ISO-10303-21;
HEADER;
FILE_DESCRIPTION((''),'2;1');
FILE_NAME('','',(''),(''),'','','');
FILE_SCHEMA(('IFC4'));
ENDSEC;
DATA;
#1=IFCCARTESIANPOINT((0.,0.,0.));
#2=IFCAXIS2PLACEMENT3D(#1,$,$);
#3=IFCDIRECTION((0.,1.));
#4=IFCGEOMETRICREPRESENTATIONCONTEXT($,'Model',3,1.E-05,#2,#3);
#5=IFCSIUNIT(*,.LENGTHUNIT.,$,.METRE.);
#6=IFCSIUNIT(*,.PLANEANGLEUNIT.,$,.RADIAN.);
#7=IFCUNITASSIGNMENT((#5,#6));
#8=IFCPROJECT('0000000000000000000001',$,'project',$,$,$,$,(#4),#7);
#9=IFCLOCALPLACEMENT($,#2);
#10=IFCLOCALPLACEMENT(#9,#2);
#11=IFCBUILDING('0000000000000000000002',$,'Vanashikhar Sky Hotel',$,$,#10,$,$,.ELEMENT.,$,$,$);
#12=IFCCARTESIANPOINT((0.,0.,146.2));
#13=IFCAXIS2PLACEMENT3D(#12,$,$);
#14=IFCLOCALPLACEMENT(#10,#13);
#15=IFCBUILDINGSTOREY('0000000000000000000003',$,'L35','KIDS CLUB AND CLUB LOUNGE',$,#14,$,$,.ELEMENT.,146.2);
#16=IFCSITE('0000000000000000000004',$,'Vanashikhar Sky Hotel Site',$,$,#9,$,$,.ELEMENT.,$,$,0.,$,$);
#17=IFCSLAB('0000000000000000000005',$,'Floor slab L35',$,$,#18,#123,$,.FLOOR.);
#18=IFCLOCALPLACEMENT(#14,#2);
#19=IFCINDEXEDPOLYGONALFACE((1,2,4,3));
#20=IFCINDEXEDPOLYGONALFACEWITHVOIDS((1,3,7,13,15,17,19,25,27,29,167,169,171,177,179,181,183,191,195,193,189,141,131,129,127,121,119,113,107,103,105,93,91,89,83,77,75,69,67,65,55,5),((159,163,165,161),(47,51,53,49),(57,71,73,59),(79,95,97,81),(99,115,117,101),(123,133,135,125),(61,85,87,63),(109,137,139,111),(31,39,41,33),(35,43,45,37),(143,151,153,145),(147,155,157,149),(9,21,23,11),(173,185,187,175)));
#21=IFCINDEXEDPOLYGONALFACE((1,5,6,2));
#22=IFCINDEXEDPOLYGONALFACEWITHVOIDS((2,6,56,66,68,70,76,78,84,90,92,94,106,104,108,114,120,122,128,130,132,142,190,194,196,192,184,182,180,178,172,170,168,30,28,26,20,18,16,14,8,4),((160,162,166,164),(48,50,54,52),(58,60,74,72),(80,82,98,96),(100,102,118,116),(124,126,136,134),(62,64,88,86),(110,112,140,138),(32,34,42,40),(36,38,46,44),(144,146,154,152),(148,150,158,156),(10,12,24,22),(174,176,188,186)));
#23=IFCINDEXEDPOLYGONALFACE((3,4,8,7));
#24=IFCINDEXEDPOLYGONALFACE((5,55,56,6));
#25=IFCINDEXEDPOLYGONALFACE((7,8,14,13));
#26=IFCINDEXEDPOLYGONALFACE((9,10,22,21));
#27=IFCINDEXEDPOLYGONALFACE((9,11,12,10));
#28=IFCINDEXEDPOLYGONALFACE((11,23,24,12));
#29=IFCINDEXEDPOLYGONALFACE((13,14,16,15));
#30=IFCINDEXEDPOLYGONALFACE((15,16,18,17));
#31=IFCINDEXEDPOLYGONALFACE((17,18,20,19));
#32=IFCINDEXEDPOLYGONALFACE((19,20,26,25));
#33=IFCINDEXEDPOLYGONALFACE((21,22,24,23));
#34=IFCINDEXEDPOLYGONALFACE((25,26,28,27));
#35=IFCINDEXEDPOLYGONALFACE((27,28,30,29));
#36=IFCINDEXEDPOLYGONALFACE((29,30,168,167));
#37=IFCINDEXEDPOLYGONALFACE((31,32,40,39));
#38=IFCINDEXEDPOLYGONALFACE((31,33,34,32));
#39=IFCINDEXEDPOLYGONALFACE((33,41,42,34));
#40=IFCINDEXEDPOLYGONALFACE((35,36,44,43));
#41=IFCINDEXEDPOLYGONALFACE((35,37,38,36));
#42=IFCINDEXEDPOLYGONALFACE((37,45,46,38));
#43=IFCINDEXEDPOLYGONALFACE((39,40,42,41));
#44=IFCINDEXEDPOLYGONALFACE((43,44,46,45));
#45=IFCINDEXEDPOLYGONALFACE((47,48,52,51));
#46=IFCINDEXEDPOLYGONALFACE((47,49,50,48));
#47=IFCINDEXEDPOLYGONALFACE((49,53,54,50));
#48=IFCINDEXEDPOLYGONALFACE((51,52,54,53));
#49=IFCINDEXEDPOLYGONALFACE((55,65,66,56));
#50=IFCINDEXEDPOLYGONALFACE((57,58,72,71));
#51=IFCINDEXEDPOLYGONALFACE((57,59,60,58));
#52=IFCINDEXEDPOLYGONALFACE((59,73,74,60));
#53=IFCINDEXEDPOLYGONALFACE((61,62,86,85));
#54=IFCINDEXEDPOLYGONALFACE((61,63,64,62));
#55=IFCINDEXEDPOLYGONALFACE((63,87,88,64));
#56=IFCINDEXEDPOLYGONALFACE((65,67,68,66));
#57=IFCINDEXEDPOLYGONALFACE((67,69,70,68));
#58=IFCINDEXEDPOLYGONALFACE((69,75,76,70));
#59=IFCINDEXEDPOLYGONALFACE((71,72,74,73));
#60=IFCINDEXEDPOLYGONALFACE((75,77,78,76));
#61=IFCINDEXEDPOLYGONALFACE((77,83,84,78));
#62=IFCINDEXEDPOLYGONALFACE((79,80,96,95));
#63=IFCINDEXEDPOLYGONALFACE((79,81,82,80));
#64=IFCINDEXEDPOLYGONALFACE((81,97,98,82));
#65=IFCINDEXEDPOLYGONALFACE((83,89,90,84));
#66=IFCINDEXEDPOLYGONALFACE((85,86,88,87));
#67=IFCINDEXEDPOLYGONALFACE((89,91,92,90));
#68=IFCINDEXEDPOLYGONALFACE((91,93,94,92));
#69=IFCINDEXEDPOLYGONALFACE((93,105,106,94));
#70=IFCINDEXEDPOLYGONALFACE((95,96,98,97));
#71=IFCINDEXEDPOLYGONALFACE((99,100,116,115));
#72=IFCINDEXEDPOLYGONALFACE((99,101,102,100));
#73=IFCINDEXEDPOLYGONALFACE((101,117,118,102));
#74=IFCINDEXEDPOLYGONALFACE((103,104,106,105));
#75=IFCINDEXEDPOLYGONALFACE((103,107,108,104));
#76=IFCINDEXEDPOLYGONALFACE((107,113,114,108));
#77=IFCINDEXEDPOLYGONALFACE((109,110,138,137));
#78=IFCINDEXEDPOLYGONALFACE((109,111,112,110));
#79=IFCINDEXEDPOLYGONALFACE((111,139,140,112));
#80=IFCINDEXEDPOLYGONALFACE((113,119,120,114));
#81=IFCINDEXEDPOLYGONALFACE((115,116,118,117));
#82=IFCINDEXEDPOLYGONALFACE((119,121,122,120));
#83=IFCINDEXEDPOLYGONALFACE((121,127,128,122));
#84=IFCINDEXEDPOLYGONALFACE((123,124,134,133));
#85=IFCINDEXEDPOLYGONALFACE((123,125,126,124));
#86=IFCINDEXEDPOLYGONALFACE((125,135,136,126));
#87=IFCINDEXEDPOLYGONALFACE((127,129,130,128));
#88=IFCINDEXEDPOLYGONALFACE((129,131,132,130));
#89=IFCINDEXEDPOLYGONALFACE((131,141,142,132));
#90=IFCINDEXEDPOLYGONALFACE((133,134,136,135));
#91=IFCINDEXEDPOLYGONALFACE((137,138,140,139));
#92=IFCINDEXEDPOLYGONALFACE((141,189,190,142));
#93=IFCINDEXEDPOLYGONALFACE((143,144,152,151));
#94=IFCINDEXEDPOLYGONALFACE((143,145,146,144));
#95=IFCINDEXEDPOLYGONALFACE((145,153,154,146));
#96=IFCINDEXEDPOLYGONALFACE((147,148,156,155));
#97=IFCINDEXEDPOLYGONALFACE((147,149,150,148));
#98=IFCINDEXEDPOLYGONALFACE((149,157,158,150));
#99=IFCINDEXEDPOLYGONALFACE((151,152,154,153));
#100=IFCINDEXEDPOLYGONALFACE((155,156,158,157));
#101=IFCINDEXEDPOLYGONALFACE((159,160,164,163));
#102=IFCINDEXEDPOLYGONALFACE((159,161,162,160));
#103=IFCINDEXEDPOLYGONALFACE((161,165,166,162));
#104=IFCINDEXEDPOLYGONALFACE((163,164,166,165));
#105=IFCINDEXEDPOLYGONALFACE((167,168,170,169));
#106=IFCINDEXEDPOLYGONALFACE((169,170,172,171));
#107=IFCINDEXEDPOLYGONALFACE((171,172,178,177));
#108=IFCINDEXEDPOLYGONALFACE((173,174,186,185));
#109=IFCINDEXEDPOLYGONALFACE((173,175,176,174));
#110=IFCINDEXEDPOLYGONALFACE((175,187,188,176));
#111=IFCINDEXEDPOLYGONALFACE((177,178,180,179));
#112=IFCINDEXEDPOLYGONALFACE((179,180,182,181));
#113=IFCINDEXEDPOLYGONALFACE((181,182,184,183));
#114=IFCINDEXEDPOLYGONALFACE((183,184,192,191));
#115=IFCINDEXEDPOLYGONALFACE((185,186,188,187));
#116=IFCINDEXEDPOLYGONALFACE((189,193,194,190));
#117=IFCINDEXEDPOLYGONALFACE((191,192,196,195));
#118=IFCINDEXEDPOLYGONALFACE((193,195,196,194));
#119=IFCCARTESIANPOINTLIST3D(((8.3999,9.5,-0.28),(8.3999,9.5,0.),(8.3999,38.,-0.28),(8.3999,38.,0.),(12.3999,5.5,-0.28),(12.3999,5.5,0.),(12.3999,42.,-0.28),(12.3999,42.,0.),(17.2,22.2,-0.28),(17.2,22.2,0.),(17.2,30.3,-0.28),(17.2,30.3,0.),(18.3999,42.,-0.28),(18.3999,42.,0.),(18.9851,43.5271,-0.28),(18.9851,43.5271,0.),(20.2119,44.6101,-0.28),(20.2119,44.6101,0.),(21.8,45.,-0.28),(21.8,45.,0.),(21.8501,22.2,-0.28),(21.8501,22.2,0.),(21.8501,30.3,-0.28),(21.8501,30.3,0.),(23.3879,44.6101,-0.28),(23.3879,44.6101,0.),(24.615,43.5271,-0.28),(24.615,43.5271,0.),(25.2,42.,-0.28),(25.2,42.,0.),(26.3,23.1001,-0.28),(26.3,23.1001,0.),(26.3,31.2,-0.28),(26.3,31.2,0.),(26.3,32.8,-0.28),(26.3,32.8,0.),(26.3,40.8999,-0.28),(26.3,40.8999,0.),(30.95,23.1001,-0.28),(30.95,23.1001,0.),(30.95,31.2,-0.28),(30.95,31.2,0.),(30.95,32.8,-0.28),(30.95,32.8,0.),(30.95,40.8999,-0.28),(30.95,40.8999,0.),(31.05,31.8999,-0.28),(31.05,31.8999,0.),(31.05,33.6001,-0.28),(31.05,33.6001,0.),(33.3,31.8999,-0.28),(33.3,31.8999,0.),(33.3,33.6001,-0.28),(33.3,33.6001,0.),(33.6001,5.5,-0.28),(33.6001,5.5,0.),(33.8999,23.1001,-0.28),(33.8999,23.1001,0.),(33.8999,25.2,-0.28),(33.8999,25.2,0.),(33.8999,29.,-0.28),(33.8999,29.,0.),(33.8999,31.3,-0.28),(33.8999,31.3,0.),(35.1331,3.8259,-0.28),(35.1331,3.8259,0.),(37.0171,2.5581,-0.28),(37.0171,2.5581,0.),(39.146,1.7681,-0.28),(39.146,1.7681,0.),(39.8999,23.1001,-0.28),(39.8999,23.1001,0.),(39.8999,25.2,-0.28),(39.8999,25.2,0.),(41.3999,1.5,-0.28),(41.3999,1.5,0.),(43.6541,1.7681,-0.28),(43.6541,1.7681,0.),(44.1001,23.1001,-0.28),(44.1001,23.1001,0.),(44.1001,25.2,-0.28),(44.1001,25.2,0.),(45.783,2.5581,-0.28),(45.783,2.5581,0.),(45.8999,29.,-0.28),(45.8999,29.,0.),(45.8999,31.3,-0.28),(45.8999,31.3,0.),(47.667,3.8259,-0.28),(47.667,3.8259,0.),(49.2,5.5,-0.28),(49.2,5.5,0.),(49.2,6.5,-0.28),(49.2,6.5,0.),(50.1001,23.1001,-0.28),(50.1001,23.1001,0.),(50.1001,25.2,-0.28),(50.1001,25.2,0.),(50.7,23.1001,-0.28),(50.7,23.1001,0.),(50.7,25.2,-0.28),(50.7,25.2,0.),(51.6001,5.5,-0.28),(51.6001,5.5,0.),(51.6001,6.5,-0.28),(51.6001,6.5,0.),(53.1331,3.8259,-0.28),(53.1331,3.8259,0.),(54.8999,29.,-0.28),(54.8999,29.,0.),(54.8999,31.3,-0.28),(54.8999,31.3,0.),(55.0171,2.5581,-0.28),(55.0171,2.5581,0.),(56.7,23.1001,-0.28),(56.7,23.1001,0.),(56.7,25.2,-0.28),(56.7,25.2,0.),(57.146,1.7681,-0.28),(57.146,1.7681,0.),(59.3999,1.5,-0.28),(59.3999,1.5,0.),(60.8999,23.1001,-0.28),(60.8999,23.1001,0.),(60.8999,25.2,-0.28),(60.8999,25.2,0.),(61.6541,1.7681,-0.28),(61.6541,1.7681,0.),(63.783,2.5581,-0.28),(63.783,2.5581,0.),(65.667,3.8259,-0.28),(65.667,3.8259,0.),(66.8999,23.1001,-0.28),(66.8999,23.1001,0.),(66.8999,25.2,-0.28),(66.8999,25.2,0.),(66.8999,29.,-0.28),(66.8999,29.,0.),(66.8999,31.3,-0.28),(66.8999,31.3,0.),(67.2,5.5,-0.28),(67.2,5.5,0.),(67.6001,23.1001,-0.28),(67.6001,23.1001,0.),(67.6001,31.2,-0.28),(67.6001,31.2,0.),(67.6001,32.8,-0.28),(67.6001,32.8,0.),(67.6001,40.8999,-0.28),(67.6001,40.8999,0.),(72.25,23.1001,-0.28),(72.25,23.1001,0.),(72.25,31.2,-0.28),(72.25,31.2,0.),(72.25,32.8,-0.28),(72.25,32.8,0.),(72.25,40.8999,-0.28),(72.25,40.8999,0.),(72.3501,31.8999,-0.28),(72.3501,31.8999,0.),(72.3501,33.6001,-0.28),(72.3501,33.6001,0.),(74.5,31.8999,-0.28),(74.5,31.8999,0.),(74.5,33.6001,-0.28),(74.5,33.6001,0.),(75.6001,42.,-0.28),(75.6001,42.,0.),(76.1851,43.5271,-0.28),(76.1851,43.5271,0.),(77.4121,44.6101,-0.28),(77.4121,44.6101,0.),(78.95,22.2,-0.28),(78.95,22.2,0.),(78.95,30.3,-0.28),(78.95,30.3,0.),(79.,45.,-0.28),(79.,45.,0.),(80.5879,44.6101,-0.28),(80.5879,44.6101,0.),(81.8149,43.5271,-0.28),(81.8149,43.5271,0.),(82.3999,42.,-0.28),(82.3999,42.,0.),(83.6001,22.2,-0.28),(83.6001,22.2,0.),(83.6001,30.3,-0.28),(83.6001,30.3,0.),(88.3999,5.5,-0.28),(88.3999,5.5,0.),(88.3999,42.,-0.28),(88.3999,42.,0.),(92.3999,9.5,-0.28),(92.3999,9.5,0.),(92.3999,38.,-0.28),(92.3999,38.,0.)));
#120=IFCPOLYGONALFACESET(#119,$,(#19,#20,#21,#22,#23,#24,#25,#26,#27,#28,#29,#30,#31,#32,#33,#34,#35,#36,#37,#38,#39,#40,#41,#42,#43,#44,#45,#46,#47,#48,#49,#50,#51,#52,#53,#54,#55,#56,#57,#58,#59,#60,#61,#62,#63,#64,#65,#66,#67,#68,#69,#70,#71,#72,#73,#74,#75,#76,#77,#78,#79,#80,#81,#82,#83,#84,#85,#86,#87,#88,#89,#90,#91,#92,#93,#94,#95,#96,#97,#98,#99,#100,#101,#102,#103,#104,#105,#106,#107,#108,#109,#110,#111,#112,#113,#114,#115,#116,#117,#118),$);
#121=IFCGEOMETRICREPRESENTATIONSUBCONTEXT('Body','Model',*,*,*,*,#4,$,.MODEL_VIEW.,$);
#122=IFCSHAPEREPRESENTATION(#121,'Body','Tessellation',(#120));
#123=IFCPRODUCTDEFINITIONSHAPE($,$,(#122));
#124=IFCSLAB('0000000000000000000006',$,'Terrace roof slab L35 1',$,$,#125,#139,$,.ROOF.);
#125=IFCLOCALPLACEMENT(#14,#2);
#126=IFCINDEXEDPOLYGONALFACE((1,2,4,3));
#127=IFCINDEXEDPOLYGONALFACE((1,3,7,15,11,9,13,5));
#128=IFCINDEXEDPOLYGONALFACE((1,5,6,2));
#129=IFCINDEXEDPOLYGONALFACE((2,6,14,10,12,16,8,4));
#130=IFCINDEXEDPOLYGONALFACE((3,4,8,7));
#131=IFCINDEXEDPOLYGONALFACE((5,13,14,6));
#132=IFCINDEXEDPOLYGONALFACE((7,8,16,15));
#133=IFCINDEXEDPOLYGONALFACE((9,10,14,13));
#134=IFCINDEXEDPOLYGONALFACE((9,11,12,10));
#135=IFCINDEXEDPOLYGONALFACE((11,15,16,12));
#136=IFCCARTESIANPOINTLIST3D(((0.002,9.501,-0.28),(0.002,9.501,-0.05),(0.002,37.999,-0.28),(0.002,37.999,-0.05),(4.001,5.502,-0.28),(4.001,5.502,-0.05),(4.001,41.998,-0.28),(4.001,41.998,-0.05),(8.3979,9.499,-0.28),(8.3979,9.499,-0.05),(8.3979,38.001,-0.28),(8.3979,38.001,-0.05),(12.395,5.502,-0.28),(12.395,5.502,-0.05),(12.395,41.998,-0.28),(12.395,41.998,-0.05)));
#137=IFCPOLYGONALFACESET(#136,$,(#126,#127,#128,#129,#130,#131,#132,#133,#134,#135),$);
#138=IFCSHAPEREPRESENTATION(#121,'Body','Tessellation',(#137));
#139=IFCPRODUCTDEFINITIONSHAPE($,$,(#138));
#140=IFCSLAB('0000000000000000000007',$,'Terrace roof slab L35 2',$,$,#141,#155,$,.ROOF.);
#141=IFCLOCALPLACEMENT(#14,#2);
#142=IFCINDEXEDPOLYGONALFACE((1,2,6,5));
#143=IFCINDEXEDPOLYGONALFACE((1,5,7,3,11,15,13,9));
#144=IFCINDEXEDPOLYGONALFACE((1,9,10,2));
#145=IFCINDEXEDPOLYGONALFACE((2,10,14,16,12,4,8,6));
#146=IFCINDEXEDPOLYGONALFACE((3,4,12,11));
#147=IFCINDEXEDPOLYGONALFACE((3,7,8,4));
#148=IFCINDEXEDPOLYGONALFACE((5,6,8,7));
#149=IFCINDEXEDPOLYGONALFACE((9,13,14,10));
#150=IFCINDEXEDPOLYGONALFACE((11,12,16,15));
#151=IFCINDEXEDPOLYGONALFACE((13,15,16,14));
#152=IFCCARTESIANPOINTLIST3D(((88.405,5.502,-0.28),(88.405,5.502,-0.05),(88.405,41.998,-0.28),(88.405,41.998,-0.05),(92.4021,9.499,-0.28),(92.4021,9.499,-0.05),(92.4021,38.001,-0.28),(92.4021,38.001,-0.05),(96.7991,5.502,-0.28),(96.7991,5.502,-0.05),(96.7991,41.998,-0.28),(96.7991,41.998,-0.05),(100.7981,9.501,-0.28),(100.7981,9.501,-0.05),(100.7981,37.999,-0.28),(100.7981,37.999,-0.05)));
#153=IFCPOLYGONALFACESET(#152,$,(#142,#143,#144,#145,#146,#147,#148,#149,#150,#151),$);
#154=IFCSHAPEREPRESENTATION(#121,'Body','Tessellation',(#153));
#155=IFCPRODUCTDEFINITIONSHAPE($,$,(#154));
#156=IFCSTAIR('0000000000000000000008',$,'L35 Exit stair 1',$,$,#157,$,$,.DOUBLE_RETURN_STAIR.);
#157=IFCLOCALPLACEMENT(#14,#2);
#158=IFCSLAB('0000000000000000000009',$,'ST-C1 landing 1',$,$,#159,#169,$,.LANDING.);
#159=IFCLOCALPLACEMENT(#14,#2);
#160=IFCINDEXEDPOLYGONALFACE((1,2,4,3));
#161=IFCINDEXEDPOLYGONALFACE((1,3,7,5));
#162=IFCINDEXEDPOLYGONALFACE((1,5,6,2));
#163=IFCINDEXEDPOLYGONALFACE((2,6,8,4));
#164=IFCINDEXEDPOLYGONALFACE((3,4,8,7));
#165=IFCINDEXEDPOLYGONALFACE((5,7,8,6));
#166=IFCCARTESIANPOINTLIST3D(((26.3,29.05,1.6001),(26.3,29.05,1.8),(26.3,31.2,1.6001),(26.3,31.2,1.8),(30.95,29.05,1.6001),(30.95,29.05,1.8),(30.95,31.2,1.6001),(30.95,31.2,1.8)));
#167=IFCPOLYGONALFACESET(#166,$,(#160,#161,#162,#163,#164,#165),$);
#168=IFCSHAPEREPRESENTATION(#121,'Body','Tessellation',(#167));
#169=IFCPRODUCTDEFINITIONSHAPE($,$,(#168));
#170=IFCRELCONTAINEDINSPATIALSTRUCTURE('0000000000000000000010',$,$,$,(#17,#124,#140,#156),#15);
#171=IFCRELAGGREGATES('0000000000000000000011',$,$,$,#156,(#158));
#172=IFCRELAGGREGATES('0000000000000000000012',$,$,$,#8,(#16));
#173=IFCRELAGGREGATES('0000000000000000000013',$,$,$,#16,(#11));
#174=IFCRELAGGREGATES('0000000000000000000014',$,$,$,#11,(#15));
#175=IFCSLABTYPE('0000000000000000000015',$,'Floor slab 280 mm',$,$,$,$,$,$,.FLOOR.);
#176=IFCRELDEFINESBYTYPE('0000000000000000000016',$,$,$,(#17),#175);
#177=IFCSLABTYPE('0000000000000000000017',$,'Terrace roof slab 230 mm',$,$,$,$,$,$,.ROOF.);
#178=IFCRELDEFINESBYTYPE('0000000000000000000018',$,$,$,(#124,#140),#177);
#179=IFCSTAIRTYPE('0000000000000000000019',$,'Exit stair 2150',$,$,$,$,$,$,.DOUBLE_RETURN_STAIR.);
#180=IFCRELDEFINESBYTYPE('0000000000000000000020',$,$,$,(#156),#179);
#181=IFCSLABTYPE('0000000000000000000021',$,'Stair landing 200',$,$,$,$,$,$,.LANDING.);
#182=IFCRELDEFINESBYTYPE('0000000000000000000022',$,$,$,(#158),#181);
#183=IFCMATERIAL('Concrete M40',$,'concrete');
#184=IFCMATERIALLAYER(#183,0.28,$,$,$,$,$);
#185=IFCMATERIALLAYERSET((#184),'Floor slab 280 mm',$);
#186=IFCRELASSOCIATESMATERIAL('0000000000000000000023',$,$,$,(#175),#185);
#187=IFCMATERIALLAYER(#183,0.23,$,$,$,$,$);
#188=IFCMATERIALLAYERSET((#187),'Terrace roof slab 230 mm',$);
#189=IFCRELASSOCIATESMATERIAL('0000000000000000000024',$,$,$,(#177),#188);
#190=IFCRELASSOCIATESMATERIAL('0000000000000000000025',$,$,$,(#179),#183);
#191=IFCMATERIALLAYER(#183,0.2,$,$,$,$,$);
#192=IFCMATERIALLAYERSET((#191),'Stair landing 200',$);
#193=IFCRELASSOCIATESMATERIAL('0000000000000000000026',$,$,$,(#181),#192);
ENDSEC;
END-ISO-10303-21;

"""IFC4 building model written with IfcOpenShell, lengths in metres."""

from ifc_helpers import new_model, si_unit, direction, frame, origin, place, context, subcontext, project, spatial, polyline, outline, extrude, source, transform, mapped, material, layer, layer_set, type_object, element, aggregate, save


model = new_model("IFC4")

# Units and contexts
model_context = context("Model", 3, precision=1e-05, world=origin(), true_north=direction((0.0, 1.0)))
body_context = subcontext(model_context, "Body", "Model", "MODEL_VIEW")
ifc_project = project(units=[si_unit("LENGTHUNIT", "METRE"), si_unit("PLANEANGLEUNIT", "RADIAN")], contexts=[model_context])

# Site, building, storey
site_placement = place(None, origin())
site = spatial("IfcSite", under=ifc_project, at=site_placement, Name="Vanashikhar Sky Hotel Site", CompositionType="ELEMENT", RefElevation=0.0)
building_placement = place(site_placement, origin())
building = spatial("IfcBuilding", under=site, at=building_placement, Name="Vanashikhar Sky Hotel", CompositionType="ELEMENT")
storey_placement = place(building_placement, frame((0.0, 0.0, 146.2)))
storey = spatial("IfcBuildingStorey", under=building, at=storey_placement, Name="L35", Description="KIDS CLUB AND CLUB LOUNGE", CompositionType="ELEMENT", Elevation=146.2)

# Slabs
ifc_material_1 = material(Name="Concrete M40", Category="concrete")
ifc_layer_1 = layer(ifc_material_1, 0.28)
ifc_layer_set_1 = layer_set([ifc_layer_1], Name="Floor slab 280 mm")
slab_type_1 = type_object("IfcSlabType", Name="Floor slab 280 mm", PredefinedType="FLOOR", material=ifc_layer_set_1)
shared_shape_1 = source(origin(), body_context, "Body", "SweptSolid", [
    extrude(outline(polyline([(49.2, 5.5), (49.2, 6.5), (51.6001, 6.5), (51.6001, 5.5), (53.1331, 3.8259), (55.0171, 2.5581), (57.146, 1.7681), (59.3999, 1.5), (61.6541, 1.7681), (63.783, 2.5581), (65.667, 3.8259), (67.2, 5.5), (88.3999, 5.5), (92.3999, 9.5), (92.3999, 38.0), (88.3999, 42.0), (82.3999, 42.0), (81.8149, 43.5271), (80.5879, 44.6101), (79.0, 45.0), (77.4121, 44.6101), (76.1851, 43.5271), (75.6001, 42.0), (25.2, 42.0), (24.615, 43.5271), (23.3879, 44.6101), (21.8, 45.0), (20.2119, 44.6101), (18.9851, 43.5271), (18.3999, 42.0), (12.3999, 42.0), (8.3999, 38.0), (8.3999, 9.5), (12.3999, 5.5), (33.6001, 5.5), (35.1331, 3.8259), (37.0171, 2.5581), (39.146, 1.7681), (41.3999, 1.5), (43.6541, 1.7681), (45.783, 2.5581), (47.667, 3.8259), (49.2, 5.5)]), holes=[polyline([(33.3, 31.8999), (33.3, 33.6001), (31.05, 33.6001), (31.05, 31.8999), (33.3, 31.8999)]), polyline([(33.8999, 25.2), (33.8999, 23.1001), (39.8999, 23.1001), (39.8999, 25.2), (33.8999, 25.2)]), polyline([(33.8999, 31.3), (33.8999, 29.0), (45.8999, 29.0), (45.8999, 31.3), (33.8999, 31.3)]), polyline([(44.1001, 25.2), (44.1001, 23.1001), (50.1001, 23.1001), (50.1001, 25.2), (44.1001, 25.2)]), polyline([(50.7, 25.2), (50.7, 23.1001), (56.7, 23.1001), (56.7, 25.2), (50.7, 25.2)]), polyline([(54.8999, 31.3), (54.8999, 29.0), (66.8999, 29.0), (66.8999, 31.3), (54.8999, 31.3)]), polyline([(60.8999, 25.2), (60.8999, 23.1001), (66.8999, 23.1001), (66.8999, 25.2), (60.8999, 25.2)]), polyline([(74.5, 31.8999), (74.5, 33.6001), (72.3501, 33.6001), (72.3501, 31.8999), (74.5, 31.8999)]), polyline([(30.95, 23.1001), (30.95, 31.2), (26.3, 31.2), (26.3, 23.1001), (30.95, 23.1001)]), polyline([(72.25, 23.1001), (72.25, 31.2), (67.6001, 31.2), (67.6001, 23.1001), (72.25, 23.1001)]), polyline([(30.95, 32.8), (30.95, 40.8999), (26.3, 40.8999), (26.3, 32.8), (30.95, 32.8)]), polyline([(72.25, 32.8), (72.25, 40.8999), (67.6001, 40.8999), (67.6001, 32.8), (72.25, 32.8)]), polyline([(83.6001, 22.2), (83.6001, 30.3), (78.95, 30.3), (78.95, 22.2), (83.6001, 22.2)]), polyline([(21.8501, 22.2), (21.8501, 30.3), (17.2, 30.3), (17.2, 22.2), (21.8501, 22.2)])]), origin(), (0.0, 0.0, 1.0), 0.28),
])
slab_1_placement = place(storey_placement, frame((0.0, 0.0, -0.28)))
element("IfcSlab", 1, at=slab_1_placement, inside=storey, type_object=slab_type_1, Name="Floor slab L35", PredefinedType="FLOOR", context=body_context, shape_type="MappedRepresentation", body=[
    mapped(shared_shape_1, transform((0.0, 0.0, 0.0), scale=1.0)),
])
ifc_layer_2 = layer(ifc_material_1, 0.23)
ifc_layer_set_2 = layer_set([ifc_layer_2], Name="Terrace roof slab 230 mm")
slab_type_2 = type_object("IfcSlabType", Name="Terrace roof slab 230 mm", PredefinedType="ROOF", material=ifc_layer_set_2)
shared_shape_2 = source(origin(), body_context, "Body", "SweptSolid", [
    extrude(outline(polyline([(12.395, 5.502), (8.3979, 9.499), (8.3979, 38.001), (12.395, 41.998), (4.001, 41.998), (0.002, 37.999), (0.002, 9.501), (4.001, 5.502), (12.395, 5.502)])), origin(), (0.0, 0.0, 1.0), 0.23),
])
slab_2_placement = place(storey_placement, frame((0.0, 0.0, -0.28)))
element("IfcSlab", 2, at=slab_2_placement, inside=storey, type_object=slab_type_2, Name="Terrace roof slab L35 1", PredefinedType="ROOF", context=body_context, shape_type="MappedRepresentation", body=[
    mapped(shared_shape_2, transform((0.0, 0.0, 0.0), scale=1.0)),
])
shared_shape_3 = source(origin(), body_context, "Body", "SweptSolid", [
    extrude(outline(polyline([(88.405, 41.998), (92.4021, 38.001), (92.4021, 9.499), (88.405, 5.502), (96.7991, 5.502), (100.7981, 9.501), (100.7981, 37.999), (96.7991, 41.998), (88.405, 41.998)])), origin(), (0.0, 0.0, 1.0), 0.23),
])
slab_3_placement = place(storey_placement, frame((0.0, 0.0, -0.28)))
element("IfcSlab", 3, at=slab_3_placement, inside=storey, type_object=slab_type_2, Name="Terrace roof slab L35 2", PredefinedType="ROOF", context=body_context, shape_type="MappedRepresentation", body=[
    mapped(shared_shape_3, transform((0.0, 0.0, 0.0), scale=1.0)),
])

# Stair, slab
stair_type = type_object("IfcStairType", Name="Exit stair 2150", PredefinedType="DOUBLE_RETURN_STAIR", material=ifc_material_1)
stair_1_placement = place(storey_placement, origin())
stair_1 = element("IfcStair", 4, at=stair_1_placement, inside=storey, type_object=stair_type, Name="L35 Exit stair 1", PredefinedType="DOUBLE_RETURN_STAIR")
ifc_layer_3 = layer(ifc_material_1, 0.2)
ifc_layer_set_3 = layer_set([ifc_layer_3], Name="Stair landing 200")
slab_type_3 = type_object("IfcSlabType", Name="Stair landing 200", PredefinedType="LANDING", material=ifc_layer_set_3)
shared_shape_4 = source(origin(), body_context, "Body", "SweptSolid", [
    extrude(outline(polyline([(30.95, 29.05), (30.95, 31.2), (26.3, 31.2), (26.3, 29.05), (30.95, 29.05)])), origin(), (0.0, 0.0, 1.0), 0.2),
])
slab_4_placement = place(storey_placement, frame((0.0, 0.0, 1.6001)))
slab_4 = element("IfcSlab", 5, at=slab_4_placement, type_object=slab_type_3, Name="ST-C1 landing 1", PredefinedType="LANDING", context=body_context, shape_type="MappedRepresentation", body=[
    mapped(shared_shape_4, transform((0.0, 0.0, 0.0), scale=1.0)),
])
aggregate(stair_1, [slab_4])

save(model, "model.ifc")
